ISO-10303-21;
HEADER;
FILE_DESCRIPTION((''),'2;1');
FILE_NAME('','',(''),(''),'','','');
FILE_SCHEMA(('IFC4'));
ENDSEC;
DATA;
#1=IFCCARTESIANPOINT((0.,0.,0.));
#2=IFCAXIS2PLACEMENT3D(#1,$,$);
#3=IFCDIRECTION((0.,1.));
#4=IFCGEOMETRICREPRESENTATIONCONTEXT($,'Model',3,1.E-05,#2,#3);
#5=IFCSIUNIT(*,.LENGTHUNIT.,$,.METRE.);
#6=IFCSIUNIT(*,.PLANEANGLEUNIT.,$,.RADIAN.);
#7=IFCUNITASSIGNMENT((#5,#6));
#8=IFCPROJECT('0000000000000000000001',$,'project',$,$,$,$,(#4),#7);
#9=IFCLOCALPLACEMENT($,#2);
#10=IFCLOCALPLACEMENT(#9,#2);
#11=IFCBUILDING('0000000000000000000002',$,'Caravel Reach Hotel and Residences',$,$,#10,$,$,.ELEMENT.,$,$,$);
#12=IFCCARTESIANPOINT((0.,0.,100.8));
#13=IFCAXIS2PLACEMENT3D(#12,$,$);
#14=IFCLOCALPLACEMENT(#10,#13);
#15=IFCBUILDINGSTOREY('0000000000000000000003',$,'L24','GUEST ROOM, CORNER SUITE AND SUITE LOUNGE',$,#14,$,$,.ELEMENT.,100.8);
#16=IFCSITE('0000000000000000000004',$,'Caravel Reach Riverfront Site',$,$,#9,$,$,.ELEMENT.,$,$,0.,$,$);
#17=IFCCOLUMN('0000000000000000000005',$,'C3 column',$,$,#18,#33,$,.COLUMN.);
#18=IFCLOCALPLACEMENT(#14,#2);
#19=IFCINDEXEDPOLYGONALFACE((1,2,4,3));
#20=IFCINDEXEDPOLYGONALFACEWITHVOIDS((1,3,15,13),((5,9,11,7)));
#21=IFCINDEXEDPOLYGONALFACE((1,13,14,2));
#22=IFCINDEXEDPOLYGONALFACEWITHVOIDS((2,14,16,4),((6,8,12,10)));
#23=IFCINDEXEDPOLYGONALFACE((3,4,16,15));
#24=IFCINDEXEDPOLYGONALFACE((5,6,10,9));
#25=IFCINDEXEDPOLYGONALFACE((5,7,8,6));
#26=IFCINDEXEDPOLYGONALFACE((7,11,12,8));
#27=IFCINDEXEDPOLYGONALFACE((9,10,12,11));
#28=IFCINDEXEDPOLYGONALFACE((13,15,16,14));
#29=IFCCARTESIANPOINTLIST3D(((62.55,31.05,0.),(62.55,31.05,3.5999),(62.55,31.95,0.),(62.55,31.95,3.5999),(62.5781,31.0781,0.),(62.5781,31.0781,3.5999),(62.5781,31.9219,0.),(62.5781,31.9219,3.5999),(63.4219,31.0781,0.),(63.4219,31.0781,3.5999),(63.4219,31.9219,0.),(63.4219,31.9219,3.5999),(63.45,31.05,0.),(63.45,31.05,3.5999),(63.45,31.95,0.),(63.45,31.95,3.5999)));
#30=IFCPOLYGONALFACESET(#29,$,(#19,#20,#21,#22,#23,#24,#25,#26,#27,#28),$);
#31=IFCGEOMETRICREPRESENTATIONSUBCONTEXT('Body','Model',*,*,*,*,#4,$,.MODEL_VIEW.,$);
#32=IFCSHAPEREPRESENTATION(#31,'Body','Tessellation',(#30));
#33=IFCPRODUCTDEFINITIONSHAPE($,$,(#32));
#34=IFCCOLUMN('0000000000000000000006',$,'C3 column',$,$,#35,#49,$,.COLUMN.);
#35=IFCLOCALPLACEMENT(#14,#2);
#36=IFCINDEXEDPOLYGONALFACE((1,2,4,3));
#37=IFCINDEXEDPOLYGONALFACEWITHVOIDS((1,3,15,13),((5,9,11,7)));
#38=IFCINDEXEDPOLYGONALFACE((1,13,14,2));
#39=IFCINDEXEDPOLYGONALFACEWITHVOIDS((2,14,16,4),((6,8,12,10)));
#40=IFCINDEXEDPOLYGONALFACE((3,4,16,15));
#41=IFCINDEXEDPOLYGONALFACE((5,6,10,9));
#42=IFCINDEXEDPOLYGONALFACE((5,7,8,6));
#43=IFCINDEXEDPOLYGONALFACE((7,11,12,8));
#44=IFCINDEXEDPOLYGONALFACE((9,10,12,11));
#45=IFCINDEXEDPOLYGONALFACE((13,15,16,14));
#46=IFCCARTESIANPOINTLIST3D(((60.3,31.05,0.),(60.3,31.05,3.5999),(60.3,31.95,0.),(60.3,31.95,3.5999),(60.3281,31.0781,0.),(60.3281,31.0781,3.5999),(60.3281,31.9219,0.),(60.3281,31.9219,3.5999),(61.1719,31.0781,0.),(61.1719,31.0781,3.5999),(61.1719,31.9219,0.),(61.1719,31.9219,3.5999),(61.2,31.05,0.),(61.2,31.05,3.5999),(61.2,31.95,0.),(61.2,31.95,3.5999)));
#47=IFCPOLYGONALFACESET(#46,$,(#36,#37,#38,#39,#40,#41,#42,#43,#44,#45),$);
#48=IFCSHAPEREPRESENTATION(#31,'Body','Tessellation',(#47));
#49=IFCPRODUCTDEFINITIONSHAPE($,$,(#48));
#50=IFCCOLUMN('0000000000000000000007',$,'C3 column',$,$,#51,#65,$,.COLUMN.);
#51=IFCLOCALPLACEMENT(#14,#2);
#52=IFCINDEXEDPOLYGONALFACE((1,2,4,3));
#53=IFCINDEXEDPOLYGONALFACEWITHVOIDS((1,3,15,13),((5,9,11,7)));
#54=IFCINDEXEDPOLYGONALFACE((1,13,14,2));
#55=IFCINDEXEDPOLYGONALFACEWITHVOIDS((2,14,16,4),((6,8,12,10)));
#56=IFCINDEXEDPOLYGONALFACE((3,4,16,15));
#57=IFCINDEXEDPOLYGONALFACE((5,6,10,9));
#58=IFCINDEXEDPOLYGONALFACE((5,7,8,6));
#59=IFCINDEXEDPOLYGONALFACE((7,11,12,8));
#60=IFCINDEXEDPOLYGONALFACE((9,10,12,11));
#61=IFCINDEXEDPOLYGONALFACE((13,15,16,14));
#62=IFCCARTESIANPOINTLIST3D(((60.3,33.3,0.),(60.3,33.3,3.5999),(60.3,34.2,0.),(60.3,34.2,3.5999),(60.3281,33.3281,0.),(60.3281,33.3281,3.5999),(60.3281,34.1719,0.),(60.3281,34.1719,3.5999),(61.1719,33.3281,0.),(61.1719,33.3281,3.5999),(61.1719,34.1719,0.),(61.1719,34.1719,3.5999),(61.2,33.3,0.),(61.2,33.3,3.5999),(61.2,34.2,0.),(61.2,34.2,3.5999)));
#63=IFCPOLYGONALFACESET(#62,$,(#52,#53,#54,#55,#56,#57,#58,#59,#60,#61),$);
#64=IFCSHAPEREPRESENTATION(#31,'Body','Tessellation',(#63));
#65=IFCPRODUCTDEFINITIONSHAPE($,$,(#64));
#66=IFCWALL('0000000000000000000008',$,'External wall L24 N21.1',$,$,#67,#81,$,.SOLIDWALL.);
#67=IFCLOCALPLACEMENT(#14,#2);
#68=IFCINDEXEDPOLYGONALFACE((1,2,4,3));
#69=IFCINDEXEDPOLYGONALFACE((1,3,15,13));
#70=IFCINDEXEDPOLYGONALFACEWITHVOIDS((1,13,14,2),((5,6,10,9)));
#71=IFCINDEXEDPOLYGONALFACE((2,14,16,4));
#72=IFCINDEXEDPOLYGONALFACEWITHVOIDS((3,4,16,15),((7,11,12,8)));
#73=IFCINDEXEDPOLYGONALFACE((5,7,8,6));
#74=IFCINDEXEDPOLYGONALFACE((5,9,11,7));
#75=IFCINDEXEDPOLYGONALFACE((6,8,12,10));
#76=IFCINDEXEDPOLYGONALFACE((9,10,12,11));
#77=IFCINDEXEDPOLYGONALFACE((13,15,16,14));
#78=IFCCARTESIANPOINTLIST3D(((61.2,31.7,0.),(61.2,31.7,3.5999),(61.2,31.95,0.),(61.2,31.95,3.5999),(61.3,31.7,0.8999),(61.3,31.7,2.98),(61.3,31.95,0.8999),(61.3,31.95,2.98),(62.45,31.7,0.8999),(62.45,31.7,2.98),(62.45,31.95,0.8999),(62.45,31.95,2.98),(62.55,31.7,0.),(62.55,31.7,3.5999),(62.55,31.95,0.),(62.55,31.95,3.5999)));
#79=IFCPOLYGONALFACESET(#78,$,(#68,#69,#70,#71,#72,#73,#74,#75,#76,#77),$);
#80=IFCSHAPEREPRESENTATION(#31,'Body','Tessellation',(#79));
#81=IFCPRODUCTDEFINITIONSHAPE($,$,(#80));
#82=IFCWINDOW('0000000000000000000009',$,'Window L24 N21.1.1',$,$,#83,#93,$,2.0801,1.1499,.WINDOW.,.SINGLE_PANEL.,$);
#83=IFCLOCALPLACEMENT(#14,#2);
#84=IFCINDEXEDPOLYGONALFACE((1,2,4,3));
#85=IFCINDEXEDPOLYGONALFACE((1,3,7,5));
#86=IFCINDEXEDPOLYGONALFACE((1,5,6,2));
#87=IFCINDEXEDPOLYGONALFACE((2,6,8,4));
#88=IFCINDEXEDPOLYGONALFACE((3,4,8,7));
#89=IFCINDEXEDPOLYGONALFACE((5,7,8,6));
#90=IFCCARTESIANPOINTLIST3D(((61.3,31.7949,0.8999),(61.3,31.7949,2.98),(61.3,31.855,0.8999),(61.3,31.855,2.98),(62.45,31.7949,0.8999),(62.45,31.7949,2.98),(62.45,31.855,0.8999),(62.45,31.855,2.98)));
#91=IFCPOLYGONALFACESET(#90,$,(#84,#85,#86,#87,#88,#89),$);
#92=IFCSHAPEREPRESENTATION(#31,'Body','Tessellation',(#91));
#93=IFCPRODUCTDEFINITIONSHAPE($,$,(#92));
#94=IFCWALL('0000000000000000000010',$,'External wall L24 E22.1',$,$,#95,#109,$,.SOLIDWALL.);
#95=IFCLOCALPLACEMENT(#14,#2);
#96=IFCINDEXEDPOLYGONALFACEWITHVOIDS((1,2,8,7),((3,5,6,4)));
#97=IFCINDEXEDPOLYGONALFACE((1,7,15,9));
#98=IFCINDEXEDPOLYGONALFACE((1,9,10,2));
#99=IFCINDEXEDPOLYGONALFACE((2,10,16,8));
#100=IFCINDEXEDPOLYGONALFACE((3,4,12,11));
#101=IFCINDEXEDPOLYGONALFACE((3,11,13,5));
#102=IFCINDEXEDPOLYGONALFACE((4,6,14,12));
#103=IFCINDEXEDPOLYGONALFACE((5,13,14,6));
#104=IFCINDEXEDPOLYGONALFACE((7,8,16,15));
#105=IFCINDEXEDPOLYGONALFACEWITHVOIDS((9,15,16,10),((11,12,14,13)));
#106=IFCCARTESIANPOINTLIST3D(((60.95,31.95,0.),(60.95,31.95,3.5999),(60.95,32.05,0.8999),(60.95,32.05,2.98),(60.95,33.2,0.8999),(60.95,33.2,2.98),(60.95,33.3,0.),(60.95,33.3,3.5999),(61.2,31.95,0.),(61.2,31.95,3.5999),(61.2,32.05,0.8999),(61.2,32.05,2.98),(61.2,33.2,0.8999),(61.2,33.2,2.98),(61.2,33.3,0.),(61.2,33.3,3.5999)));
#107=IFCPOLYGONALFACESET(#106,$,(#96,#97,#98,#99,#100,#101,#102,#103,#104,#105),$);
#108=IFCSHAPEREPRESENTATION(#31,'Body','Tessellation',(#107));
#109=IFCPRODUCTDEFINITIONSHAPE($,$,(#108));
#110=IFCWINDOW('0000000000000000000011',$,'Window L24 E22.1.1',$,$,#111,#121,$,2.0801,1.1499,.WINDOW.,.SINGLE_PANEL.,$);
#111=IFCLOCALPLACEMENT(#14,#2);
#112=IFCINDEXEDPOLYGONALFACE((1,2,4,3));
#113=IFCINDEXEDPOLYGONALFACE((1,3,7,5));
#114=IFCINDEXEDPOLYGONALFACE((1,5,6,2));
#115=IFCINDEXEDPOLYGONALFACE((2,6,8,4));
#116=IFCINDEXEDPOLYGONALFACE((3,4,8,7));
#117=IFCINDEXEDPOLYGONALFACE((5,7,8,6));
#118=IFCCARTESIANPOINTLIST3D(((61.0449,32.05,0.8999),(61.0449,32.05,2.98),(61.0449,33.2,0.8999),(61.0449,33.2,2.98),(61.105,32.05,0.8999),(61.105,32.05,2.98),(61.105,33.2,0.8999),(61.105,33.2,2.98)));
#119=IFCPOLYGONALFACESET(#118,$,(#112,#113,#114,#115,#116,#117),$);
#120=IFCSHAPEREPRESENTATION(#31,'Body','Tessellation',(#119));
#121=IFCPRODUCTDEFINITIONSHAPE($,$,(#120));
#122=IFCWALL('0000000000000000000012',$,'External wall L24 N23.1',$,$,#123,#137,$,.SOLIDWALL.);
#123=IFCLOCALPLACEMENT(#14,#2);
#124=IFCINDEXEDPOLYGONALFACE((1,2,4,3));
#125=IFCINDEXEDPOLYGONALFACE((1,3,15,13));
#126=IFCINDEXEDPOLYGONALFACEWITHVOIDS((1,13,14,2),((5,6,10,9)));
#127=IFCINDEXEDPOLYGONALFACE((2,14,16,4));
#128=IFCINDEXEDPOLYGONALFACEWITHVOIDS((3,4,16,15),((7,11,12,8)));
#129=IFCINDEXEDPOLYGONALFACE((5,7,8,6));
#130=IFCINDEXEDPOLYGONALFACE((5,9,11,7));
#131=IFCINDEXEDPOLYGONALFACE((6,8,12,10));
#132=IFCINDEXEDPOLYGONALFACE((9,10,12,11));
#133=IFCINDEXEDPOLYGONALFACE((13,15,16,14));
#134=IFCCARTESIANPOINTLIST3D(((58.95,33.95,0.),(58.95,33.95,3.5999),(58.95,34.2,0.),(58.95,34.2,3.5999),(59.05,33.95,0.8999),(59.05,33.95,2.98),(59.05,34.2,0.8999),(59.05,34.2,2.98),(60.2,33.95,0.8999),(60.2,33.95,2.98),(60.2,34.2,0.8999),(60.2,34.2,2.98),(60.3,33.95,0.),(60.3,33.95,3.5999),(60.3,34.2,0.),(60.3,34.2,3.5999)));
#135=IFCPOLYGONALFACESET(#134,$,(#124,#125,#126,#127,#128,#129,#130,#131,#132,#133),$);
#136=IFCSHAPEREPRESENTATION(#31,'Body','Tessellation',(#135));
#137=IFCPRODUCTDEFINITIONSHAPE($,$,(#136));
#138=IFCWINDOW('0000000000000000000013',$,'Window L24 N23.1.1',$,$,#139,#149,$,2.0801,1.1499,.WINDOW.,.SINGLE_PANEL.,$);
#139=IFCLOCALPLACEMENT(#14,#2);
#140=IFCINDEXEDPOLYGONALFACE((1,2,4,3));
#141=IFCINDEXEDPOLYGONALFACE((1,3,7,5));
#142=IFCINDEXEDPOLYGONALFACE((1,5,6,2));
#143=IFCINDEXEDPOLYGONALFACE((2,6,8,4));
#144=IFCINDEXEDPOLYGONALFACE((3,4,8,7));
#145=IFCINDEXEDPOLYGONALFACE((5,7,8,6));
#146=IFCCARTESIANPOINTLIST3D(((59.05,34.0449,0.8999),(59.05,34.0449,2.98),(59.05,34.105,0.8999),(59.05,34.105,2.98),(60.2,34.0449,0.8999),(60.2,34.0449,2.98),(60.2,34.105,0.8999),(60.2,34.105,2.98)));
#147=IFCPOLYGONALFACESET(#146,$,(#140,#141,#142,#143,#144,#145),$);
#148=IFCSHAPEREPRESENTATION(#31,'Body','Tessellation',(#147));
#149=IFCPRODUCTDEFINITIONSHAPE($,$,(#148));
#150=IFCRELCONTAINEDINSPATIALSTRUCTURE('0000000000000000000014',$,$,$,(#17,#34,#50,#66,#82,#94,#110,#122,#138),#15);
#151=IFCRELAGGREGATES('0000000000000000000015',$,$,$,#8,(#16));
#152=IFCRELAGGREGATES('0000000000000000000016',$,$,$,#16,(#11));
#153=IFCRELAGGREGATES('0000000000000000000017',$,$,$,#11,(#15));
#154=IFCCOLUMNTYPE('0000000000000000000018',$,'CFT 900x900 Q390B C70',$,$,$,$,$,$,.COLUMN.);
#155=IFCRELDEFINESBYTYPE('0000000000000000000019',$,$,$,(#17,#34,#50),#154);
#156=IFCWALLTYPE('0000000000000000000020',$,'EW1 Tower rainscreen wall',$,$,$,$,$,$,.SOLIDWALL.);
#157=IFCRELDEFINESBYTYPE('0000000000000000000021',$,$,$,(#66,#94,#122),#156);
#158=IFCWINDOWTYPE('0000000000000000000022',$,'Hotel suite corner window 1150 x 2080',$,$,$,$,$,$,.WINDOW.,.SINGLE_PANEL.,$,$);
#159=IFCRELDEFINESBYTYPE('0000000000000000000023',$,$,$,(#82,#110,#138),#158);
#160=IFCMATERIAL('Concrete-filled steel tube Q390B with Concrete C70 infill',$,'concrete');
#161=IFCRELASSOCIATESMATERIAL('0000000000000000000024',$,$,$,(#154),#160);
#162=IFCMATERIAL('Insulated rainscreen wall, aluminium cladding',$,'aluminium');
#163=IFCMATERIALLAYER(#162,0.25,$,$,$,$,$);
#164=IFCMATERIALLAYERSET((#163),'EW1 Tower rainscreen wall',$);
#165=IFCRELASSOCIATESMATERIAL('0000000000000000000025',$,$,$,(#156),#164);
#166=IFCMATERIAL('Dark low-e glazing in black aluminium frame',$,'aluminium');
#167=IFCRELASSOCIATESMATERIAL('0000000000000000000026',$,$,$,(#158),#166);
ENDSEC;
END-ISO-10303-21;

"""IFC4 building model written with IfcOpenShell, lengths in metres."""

from ifc_helpers import new_model, si_unit, direction, frame, frame_2d, origin, origin_2d, place, context, subcontext, project, spatial, rectangle, hollow_rectangle, extrude, material, layer, layer_set, material_profile, profile_set, type_object, element, fill, save


model = new_model("IFC4")

# Units and contexts
model_context = context("Model", 3, precision=1e-05, world=origin(), true_north=direction((0.0, 1.0)))
body_context = subcontext(model_context, "Body", "Model", "MODEL_VIEW")
ifc_project = project(units=[si_unit("LENGTHUNIT", "METRE"), si_unit("PLANEANGLEUNIT", "RADIAN")], contexts=[model_context])

# Site, building, storey
site_placement = place(None, origin())
site = spatial("IfcSite", under=ifc_project, at=site_placement, Name="Caravel Reach Riverfront Site", CompositionType="ELEMENT", RefElevation=0.0)
building_placement = place(site_placement, origin())
building = spatial("IfcBuilding", under=site, at=building_placement, Name="Caravel Reach Hotel and Residences", CompositionType="ELEMENT")
storey_placement = place(building_placement, frame((0.0, 0.0, 100.8)))
storey = spatial("IfcBuildingStorey", under=building, at=storey_placement, Name="L24", Description="GUEST ROOM, CORNER SUITE AND SUITE LOUNGE", CompositionType="ELEMENT", Elevation=100.8)

# Columns
ifc_material_1 = material(Name="Concrete-filled steel tube Q390B with Concrete C70 infill", Category="concrete")
ifc_material_profile = material_profile(ifc_material_1, hollow_rectangle(XDim=0.8999, YDim=0.8999, WallThickness=0.0281, at=origin_2d()), Name="RHS 900x900x28")
ifc_profile_set = profile_set([ifc_material_profile], Name="Concrete-filled steel tube Q390B with Concrete C70 infill")
column_type = type_object("IfcColumnType", Name="CFT 900x900 Q390B C70", PredefinedType="COLUMN", material=ifc_profile_set)
for number, where, z_axis, x_axis, name in (
    (1, (63.0, 31.5, 0.0), (0.0, 0.0, 1.0), (1.0, 0.0, 0.0), "C3 column"),
    (2, (60.75, 31.5, 0.0), (0.0, 0.0, 1.0), (1.0, 0.0, 0.0), "C3 column"),
    (3, (60.75, 33.75, 0.0), (0.0, 0.0, 1.0), (1.0, 0.0, 0.0), "C3 column"),
):
    element("IfcColumn", number, at=place(storey_placement, frame(where, z_axis=z_axis, x_axis=x_axis)), inside=storey, type_object=column_type, Name=name, PredefinedType="COLUMN", context=body_context, shape_type="SweptSolid", body=[
        extrude(hollow_rectangle(XDim=0.8999, YDim=0.8999, WallThickness=0.0281, at=origin_2d()), origin(), (0.0, 0.0, 1.0), 3.5999),
    ])

# Walls, openings, windows
ifc_material_2 = material(Name="Insulated rainscreen wall, aluminium cladding", Category="aluminium")
ifc_layer = layer(ifc_material_2, 0.25)
ifc_layer_set = layer_set([ifc_layer], Name="EW1 Tower rainscreen wall")
wall_type = type_object("IfcWallType", Name="EW1 Tower rainscreen wall", PredefinedType="SOLIDWALL", material=ifc_layer_set)
wall_1_placement = place(storey_placement, frame((62.55, 31.825, 0.0), z_axis=(0.0, 0.0, 1.0), x_axis=(-1.0, 0.0, 0.0)))
wall_1 = element("IfcWall", 4, at=wall_1_placement, inside=storey, type_object=wall_type, Name="External wall L24 N21.1", PredefinedType="SOLIDWALL", context=body_context, shape_type="SweptSolid", body=[
    extrude(rectangle(XDim=1.3501, YDim=0.25, at=frame_2d((0.675, 0.0))), origin(), (0.0, 0.0, 1.0), 3.5999),
])
opening_1_placement = place(wall_1_placement, frame((0.1001, 0.0, 0.8999)))
opening_1 = element("IfcOpeningElement", 5, at=opening_1_placement, cuts=wall_1, PredefinedType="OPENING", context=body_context, shape_type="SweptSolid", body=[
    extrude(rectangle(XDim=1.1499, YDim=2.0801, at=frame_2d((0.575, 1.04))), frame((0.0, 0.135, 0.0), z_axis=(0.0, -1.0, 0.0), x_axis=(1.0, 0.0, 0.0)), (0.0, 0.0, 1.0), 0.27),
])
ifc_material_3 = material(Name="Dark low-e glazing in black aluminium frame", Category="aluminium")
window_type = type_object("IfcWindowType", Name="Hotel suite corner window 1150 x 2080", PartitioningType="SINGLE_PANEL", PredefinedType="WINDOW", material=ifc_material_3)
window_1_placement = place(opening_1_placement, origin())
window_1 = element("IfcWindow", 6, at=window_1_placement, inside=storey, type_object=window_type, Name="Window L24 N21.1.1", OverallHeight=2.0801, OverallWidth=1.1499, PartitioningType="SINGLE_PANEL", PredefinedType="WINDOW", context=body_context, shape_type="SweptSolid", body=[
    extrude(rectangle(XDim=1.1499, YDim=2.0801, at=frame_2d((0.575, 1.04))), frame((0.0, 0.03, 0.0), z_axis=(0.0, -1.0, 0.0), x_axis=(1.0, 0.0, 0.0)), (0.0, 0.0, 1.0), 0.0601),
])
fill(opening_1, window_1)
wall_2_placement = place(storey_placement, frame((61.075, 31.95, 0.0), z_axis=(0.0, 0.0, 1.0), x_axis=(0.0, 1.0, 0.0)))
wall_2 = element("IfcWall", 7, at=wall_2_placement, inside=storey, type_object=wall_type, Name="External wall L24 E22.1", PredefinedType="SOLIDWALL", context=body_context, shape_type="SweptSolid", body=[
    extrude(rectangle(XDim=1.3501, YDim=0.25, at=frame_2d((0.675, 0.0))), origin(), (0.0, 0.0, 1.0), 3.5999),
])
opening_2_placement = place(wall_2_placement, frame((0.1001, 0.0, 0.8999)))
opening_2 = element("IfcOpeningElement", 8, at=opening_2_placement, cuts=wall_2, PredefinedType="OPENING", context=body_context, shape_type="SweptSolid", body=[
    extrude(rectangle(XDim=1.1499, YDim=2.0801, at=frame_2d((0.575, 1.04))), frame((0.0, 0.135, 0.0), z_axis=(0.0, -1.0, 0.0), x_axis=(1.0, 0.0, 0.0)), (0.0, 0.0, 1.0), 0.27),
])
window_2_placement = place(opening_2_placement, origin())
window_2 = element("IfcWindow", 9, at=window_2_placement, inside=storey, type_object=window_type, Name="Window L24 E22.1.1", OverallHeight=2.0801, OverallWidth=1.1499, PartitioningType="SINGLE_PANEL", PredefinedType="WINDOW", context=body_context, shape_type="SweptSolid", body=[
    extrude(rectangle(XDim=1.1499, YDim=2.0801, at=frame_2d((0.575, 1.04))), frame((0.0, 0.03, 0.0), z_axis=(0.0, -1.0, 0.0), x_axis=(1.0, 0.0, 0.0)), (0.0, 0.0, 1.0), 0.0601),
])
fill(opening_2, window_2)
wall_3_placement = place(storey_placement, frame((60.3, 34.075, 0.0), z_axis=(0.0, 0.0, 1.0), x_axis=(-1.0, 0.0, 0.0)))
wall_3 = element("IfcWall", 10, at=wall_3_placement, inside=storey, type_object=wall_type, Name="External wall L24 N23.1", PredefinedType="SOLIDWALL", context=body_context, shape_type="SweptSolid", body=[
    extrude(rectangle(XDim=1.3501, YDim=0.25, at=frame_2d((0.675, 0.0))), origin(), (0.0, 0.0, 1.0), 3.5999),
])
opening_3_placement = place(wall_3_placement, frame((0.1001, 0.0, 0.8999)))
opening_3 = element("IfcOpeningElement", 11, at=opening_3_placement, cuts=wall_3, PredefinedType="OPENING", context=body_context, shape_type="SweptSolid", body=[
    extrude(rectangle(XDim=1.1499, YDim=2.0801, at=frame_2d((0.575, 1.04))), frame((0.0, 0.135, 0.0), z_axis=(0.0, -1.0, 0.0), x_axis=(1.0, 0.0, 0.0)), (0.0, 0.0, 1.0), 0.27),
])
window_3_placement = place(opening_3_placement, origin())
window_3 = element("IfcWindow", 12, at=window_3_placement, inside=storey, type_object=window_type, Name="Window L24 N23.1.1", OverallHeight=2.0801, OverallWidth=1.1499, PartitioningType="SINGLE_PANEL", PredefinedType="WINDOW", context=body_context, shape_type="SweptSolid", body=[
    extrude(rectangle(XDim=1.1499, YDim=2.0801, at=frame_2d((0.575, 1.04))), frame((0.0, 0.03, 0.0), z_axis=(0.0, -1.0, 0.0), x_axis=(1.0, 0.0, 0.0)), (0.0, 0.0, 1.0), 0.0601),
])
fill(opening_3, window_3)

save(model, "model.ifc")
